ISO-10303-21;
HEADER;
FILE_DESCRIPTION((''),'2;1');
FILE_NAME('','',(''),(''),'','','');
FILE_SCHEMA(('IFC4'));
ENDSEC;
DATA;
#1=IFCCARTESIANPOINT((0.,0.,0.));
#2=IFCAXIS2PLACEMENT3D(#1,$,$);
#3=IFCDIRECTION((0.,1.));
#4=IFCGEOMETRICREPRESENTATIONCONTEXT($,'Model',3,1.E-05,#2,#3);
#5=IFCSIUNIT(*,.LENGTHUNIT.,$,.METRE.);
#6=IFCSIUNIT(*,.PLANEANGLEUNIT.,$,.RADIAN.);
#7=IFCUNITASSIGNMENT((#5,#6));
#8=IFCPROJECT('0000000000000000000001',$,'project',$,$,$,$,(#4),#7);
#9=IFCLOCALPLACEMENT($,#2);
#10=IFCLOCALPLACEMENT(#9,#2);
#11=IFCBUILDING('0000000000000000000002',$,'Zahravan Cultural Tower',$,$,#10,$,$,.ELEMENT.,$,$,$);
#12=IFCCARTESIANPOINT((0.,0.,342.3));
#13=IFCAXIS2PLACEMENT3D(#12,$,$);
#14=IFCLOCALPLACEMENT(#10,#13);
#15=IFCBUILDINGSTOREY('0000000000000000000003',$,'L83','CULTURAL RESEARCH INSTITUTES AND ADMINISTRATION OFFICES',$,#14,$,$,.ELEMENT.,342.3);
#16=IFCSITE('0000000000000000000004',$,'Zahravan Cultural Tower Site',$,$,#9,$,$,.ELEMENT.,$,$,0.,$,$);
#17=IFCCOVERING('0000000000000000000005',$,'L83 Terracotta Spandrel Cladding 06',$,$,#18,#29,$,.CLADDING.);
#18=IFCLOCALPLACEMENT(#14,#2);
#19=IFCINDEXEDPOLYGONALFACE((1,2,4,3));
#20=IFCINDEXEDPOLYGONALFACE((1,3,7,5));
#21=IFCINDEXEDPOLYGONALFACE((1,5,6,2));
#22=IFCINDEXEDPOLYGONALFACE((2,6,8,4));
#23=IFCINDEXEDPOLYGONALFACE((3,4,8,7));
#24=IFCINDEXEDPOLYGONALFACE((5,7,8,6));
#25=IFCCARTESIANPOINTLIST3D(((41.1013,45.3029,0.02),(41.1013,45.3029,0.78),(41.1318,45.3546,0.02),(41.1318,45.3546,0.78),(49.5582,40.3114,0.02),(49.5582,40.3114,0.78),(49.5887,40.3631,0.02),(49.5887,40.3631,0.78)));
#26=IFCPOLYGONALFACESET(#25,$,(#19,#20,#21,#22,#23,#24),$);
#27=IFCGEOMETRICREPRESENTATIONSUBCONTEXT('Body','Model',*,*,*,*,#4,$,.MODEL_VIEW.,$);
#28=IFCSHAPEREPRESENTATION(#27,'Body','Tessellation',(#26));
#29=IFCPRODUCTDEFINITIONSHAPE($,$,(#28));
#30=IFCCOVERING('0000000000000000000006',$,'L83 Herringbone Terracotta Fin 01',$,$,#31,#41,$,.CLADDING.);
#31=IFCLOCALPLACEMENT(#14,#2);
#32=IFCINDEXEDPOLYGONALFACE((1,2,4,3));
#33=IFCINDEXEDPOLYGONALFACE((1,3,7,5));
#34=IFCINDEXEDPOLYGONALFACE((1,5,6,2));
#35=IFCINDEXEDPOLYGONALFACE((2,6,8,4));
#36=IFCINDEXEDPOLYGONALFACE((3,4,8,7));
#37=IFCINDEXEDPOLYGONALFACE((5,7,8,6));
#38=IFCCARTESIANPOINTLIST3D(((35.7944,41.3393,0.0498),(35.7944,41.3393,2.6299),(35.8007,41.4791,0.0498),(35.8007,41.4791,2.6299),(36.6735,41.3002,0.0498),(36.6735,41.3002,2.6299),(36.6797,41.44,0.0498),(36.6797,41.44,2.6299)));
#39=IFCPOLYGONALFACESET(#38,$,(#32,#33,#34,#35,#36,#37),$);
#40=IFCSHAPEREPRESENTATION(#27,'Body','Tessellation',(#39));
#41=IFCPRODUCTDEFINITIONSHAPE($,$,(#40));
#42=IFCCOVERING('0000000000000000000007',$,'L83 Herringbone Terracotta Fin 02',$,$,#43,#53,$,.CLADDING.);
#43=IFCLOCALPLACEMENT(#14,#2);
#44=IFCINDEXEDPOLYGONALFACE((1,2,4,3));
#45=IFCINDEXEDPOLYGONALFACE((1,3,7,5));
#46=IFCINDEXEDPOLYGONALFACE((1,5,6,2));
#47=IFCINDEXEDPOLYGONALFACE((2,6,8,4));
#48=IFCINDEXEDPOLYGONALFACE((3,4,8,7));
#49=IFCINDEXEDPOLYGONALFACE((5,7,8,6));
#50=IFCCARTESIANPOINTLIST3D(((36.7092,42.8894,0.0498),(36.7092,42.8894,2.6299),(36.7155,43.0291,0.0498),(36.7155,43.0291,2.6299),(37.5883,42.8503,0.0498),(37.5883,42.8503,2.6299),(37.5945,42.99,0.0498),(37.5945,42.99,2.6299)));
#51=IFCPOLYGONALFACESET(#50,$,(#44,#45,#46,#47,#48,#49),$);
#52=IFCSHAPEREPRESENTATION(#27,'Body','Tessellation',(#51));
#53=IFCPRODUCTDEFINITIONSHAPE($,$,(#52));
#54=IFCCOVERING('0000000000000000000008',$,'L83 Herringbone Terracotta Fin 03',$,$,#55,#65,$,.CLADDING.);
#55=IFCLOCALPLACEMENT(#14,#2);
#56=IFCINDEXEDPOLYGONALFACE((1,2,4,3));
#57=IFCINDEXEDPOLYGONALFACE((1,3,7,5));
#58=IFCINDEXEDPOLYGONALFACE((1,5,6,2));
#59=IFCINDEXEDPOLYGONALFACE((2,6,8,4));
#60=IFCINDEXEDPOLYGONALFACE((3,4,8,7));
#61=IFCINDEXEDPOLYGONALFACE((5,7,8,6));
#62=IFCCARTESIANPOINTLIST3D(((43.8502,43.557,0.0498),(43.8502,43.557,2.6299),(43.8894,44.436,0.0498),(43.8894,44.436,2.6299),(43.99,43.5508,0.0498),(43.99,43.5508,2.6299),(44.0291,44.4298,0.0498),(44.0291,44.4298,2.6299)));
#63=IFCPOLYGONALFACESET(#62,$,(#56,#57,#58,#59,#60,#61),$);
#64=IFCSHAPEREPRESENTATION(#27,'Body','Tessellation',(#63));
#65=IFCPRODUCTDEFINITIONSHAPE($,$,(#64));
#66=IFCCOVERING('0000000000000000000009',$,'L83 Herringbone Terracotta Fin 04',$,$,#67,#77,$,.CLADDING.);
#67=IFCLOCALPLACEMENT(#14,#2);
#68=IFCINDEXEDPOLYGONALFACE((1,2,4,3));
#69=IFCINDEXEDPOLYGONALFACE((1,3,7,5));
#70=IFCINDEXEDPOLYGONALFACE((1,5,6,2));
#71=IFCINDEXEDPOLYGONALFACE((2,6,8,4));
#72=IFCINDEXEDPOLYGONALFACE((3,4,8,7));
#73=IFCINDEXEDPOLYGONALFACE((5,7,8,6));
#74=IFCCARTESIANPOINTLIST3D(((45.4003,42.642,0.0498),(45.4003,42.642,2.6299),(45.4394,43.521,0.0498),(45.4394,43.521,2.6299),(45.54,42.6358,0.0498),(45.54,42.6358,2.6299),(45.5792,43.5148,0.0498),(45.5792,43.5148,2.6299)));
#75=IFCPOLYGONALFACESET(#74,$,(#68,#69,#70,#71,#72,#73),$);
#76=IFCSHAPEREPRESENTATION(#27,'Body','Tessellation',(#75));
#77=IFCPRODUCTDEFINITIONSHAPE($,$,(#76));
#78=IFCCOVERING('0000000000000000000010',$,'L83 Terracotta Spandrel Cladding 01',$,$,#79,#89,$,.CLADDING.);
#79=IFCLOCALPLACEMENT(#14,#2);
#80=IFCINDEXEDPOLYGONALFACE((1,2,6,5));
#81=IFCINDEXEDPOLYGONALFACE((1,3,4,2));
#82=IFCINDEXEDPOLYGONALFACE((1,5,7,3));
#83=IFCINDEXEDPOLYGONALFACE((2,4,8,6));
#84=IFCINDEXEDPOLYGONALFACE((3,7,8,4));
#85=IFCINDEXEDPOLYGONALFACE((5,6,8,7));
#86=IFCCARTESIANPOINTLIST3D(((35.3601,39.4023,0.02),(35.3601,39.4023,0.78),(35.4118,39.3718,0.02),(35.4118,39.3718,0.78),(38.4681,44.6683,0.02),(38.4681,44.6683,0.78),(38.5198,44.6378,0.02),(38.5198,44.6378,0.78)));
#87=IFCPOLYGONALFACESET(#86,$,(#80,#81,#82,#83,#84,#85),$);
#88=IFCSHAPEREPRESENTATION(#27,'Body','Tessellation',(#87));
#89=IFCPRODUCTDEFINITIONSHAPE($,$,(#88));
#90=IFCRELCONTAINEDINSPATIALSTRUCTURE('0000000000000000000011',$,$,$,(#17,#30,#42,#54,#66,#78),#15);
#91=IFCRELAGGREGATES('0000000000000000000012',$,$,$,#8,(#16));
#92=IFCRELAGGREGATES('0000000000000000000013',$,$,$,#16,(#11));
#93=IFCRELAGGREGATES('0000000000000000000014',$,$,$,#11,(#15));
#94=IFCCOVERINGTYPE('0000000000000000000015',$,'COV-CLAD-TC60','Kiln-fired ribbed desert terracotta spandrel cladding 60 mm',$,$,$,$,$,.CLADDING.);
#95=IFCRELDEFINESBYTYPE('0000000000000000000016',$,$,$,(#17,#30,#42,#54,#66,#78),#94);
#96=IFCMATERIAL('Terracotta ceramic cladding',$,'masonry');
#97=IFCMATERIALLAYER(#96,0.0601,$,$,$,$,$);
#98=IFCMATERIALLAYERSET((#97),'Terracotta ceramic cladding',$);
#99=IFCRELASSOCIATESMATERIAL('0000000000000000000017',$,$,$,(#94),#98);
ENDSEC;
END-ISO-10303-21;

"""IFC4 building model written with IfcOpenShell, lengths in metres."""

from ifc_helpers import new_model, si_unit, direction, frame, origin, origin_2d, place, context, subcontext, project, spatial, rectangle, extrude, source, transform, mapped, material, layer, layer_set, type_object, element, save


model = new_model("IFC4")

# Units and contexts
model_context = context("Model", 3, precision=1e-05, world=origin(), true_north=direction((0.0, 1.0)))
body_context = subcontext(model_context, "Body", "Model", "MODEL_VIEW")
ifc_project = project(units=[si_unit("LENGTHUNIT", "METRE"), si_unit("PLANEANGLEUNIT", "RADIAN")], contexts=[model_context])

# Site, building, storey
site_placement = place(None, origin())
site = spatial("IfcSite", under=ifc_project, at=site_placement, Name="Zahravan Cultural Tower Site", CompositionType="ELEMENT", RefElevation=0.0)
building_placement = place(site_placement, origin())
building = spatial("IfcBuilding", under=site, at=building_placement, Name="Zahravan Cultural Tower", CompositionType="ELEMENT")
storey_placement = place(building_placement, frame((0.0, 0.0, 342.3)))
storey = spatial("IfcBuildingStorey", under=building, at=storey_placement, Name="L83", Description="CULTURAL RESEARCH INSTITUTES AND ADMINISTRATION OFFICES", CompositionType="ELEMENT", Elevation=342.3)

# Coverings
ifc_material_1 = material(Name="Terracotta ceramic cladding", Category="masonry")
ifc_layer_1 = layer(ifc_material_1, 0.0601)
ifc_layer_set_1 = layer_set([ifc_layer_1], Name="Terracotta ceramic cladding")
covering_type = type_object("IfcCoveringType", Name="COV-CLAD-TC60", Description="Kiln-fired ribbed desert terracotta spandrel cladding 60 mm", PredefinedType="CLADDING", material=ifc_layer_set_1)
shared_shape_1 = source(origin(), body_context, "Body", "SweptSolid", [
    extrude(rectangle(XDim=9.8201, YDim=0.0601, at=origin_2d()), origin(), (0.0, 0.0, 1.0), 0.76),
])
covering_1_placement = place(storey_placement, frame((45.345, 42.833, 0.02), z_axis=(0.0, 0.0, 1.0), x_axis=(0.861186, -0.50829, 0.0)))
element("IfcCovering", 1, at=covering_1_placement, inside=storey, type_object=covering_type, Name="L83 Terracotta Spandrel Cladding 06", PredefinedType="CLADDING", context=body_context, shape_type="MappedRepresentation", body=[
    mapped(shared_shape_1, transform((0.0, 0.0, 0.0), x_axis=(1.0, 0.0, 0.0), y_axis=(0.0, 1.0, 0.0), z_axis=(0.0, 0.0, 1.0), scale=1.0)),
])
shared_shape_2 = source(origin(), body_context, "Body", "SweptSolid", [
    extrude(rectangle(XDim=0.8799, YDim=0.1399, at=origin_2d()), origin(), (0.0, 0.0, 1.0), 2.5801),
])
for number, where, z_axis, x_axis, name in (
    (2, (36.2371, 41.3896, 0.0498), (0.0, 0.0, 1.0), (-0.999011, 0.044474, 0.0), "L83 Herringbone Terracotta Fin 01"),
    (3, (37.1519, 42.9397, 0.0498), (0.0, 0.0, 1.0), (-0.999011, 0.044474, 0.0), "L83 Herringbone Terracotta Fin 02"),
    (4, (43.9397, 43.9934, 0.0498), (0.0, 0.0, 1.0), (0.044491, 0.99901, 0.0), "L83 Herringbone Terracotta Fin 03"),
    (5, (45.4897, 43.0784, 0.0498), (0.0, 0.0, 1.0), (0.044491, 0.99901, 0.0), "L83 Herringbone Terracotta Fin 04"),
):
    element("IfcCovering", number, at=place(storey_placement, frame(where, z_axis=z_axis, x_axis=x_axis)), inside=storey, type_object=covering_type, Name=name, PredefinedType="CLADDING", context=body_context, shape_type="MappedRepresentation", body=[
        mapped(shared_shape_2, transform((0.0, 0.0, 0.0), x_axis=(1.0, 0.0, 0.0), y_axis=(0.0, 1.0, 0.0), z_axis=(0.0, 0.0, 1.0), scale=1.0)),
    ])
shared_shape_3 = source(origin(), body_context, "Body", "SweptSolid", [
    extrude(rectangle(XDim=6.1147, YDim=0.0601, at=origin_2d()), origin(), (0.0, 0.0, 1.0), 0.76),
])
covering_2_placement = place(storey_placement, frame((36.9399, 42.02, 0.02), z_axis=(0.0, 0.0, 1.0), x_axis=(0.508275, 0.861195, 0.0)))
element("IfcCovering", 6, at=covering_2_placement, inside=storey, type_object=covering_type, Name="L83 Terracotta Spandrel Cladding 01", PredefinedType="CLADDING", context=body_context, shape_type="MappedRepresentation", body=[
    mapped(shared_shape_3, transform((0.0, 0.0, 0.0), x_axis=(1.0, 0.0, 0.0), y_axis=(0.0, 1.0, 0.0), z_axis=(0.0, 0.0, 1.0), scale=1.0)),
])

save(model, "model.ifc")
